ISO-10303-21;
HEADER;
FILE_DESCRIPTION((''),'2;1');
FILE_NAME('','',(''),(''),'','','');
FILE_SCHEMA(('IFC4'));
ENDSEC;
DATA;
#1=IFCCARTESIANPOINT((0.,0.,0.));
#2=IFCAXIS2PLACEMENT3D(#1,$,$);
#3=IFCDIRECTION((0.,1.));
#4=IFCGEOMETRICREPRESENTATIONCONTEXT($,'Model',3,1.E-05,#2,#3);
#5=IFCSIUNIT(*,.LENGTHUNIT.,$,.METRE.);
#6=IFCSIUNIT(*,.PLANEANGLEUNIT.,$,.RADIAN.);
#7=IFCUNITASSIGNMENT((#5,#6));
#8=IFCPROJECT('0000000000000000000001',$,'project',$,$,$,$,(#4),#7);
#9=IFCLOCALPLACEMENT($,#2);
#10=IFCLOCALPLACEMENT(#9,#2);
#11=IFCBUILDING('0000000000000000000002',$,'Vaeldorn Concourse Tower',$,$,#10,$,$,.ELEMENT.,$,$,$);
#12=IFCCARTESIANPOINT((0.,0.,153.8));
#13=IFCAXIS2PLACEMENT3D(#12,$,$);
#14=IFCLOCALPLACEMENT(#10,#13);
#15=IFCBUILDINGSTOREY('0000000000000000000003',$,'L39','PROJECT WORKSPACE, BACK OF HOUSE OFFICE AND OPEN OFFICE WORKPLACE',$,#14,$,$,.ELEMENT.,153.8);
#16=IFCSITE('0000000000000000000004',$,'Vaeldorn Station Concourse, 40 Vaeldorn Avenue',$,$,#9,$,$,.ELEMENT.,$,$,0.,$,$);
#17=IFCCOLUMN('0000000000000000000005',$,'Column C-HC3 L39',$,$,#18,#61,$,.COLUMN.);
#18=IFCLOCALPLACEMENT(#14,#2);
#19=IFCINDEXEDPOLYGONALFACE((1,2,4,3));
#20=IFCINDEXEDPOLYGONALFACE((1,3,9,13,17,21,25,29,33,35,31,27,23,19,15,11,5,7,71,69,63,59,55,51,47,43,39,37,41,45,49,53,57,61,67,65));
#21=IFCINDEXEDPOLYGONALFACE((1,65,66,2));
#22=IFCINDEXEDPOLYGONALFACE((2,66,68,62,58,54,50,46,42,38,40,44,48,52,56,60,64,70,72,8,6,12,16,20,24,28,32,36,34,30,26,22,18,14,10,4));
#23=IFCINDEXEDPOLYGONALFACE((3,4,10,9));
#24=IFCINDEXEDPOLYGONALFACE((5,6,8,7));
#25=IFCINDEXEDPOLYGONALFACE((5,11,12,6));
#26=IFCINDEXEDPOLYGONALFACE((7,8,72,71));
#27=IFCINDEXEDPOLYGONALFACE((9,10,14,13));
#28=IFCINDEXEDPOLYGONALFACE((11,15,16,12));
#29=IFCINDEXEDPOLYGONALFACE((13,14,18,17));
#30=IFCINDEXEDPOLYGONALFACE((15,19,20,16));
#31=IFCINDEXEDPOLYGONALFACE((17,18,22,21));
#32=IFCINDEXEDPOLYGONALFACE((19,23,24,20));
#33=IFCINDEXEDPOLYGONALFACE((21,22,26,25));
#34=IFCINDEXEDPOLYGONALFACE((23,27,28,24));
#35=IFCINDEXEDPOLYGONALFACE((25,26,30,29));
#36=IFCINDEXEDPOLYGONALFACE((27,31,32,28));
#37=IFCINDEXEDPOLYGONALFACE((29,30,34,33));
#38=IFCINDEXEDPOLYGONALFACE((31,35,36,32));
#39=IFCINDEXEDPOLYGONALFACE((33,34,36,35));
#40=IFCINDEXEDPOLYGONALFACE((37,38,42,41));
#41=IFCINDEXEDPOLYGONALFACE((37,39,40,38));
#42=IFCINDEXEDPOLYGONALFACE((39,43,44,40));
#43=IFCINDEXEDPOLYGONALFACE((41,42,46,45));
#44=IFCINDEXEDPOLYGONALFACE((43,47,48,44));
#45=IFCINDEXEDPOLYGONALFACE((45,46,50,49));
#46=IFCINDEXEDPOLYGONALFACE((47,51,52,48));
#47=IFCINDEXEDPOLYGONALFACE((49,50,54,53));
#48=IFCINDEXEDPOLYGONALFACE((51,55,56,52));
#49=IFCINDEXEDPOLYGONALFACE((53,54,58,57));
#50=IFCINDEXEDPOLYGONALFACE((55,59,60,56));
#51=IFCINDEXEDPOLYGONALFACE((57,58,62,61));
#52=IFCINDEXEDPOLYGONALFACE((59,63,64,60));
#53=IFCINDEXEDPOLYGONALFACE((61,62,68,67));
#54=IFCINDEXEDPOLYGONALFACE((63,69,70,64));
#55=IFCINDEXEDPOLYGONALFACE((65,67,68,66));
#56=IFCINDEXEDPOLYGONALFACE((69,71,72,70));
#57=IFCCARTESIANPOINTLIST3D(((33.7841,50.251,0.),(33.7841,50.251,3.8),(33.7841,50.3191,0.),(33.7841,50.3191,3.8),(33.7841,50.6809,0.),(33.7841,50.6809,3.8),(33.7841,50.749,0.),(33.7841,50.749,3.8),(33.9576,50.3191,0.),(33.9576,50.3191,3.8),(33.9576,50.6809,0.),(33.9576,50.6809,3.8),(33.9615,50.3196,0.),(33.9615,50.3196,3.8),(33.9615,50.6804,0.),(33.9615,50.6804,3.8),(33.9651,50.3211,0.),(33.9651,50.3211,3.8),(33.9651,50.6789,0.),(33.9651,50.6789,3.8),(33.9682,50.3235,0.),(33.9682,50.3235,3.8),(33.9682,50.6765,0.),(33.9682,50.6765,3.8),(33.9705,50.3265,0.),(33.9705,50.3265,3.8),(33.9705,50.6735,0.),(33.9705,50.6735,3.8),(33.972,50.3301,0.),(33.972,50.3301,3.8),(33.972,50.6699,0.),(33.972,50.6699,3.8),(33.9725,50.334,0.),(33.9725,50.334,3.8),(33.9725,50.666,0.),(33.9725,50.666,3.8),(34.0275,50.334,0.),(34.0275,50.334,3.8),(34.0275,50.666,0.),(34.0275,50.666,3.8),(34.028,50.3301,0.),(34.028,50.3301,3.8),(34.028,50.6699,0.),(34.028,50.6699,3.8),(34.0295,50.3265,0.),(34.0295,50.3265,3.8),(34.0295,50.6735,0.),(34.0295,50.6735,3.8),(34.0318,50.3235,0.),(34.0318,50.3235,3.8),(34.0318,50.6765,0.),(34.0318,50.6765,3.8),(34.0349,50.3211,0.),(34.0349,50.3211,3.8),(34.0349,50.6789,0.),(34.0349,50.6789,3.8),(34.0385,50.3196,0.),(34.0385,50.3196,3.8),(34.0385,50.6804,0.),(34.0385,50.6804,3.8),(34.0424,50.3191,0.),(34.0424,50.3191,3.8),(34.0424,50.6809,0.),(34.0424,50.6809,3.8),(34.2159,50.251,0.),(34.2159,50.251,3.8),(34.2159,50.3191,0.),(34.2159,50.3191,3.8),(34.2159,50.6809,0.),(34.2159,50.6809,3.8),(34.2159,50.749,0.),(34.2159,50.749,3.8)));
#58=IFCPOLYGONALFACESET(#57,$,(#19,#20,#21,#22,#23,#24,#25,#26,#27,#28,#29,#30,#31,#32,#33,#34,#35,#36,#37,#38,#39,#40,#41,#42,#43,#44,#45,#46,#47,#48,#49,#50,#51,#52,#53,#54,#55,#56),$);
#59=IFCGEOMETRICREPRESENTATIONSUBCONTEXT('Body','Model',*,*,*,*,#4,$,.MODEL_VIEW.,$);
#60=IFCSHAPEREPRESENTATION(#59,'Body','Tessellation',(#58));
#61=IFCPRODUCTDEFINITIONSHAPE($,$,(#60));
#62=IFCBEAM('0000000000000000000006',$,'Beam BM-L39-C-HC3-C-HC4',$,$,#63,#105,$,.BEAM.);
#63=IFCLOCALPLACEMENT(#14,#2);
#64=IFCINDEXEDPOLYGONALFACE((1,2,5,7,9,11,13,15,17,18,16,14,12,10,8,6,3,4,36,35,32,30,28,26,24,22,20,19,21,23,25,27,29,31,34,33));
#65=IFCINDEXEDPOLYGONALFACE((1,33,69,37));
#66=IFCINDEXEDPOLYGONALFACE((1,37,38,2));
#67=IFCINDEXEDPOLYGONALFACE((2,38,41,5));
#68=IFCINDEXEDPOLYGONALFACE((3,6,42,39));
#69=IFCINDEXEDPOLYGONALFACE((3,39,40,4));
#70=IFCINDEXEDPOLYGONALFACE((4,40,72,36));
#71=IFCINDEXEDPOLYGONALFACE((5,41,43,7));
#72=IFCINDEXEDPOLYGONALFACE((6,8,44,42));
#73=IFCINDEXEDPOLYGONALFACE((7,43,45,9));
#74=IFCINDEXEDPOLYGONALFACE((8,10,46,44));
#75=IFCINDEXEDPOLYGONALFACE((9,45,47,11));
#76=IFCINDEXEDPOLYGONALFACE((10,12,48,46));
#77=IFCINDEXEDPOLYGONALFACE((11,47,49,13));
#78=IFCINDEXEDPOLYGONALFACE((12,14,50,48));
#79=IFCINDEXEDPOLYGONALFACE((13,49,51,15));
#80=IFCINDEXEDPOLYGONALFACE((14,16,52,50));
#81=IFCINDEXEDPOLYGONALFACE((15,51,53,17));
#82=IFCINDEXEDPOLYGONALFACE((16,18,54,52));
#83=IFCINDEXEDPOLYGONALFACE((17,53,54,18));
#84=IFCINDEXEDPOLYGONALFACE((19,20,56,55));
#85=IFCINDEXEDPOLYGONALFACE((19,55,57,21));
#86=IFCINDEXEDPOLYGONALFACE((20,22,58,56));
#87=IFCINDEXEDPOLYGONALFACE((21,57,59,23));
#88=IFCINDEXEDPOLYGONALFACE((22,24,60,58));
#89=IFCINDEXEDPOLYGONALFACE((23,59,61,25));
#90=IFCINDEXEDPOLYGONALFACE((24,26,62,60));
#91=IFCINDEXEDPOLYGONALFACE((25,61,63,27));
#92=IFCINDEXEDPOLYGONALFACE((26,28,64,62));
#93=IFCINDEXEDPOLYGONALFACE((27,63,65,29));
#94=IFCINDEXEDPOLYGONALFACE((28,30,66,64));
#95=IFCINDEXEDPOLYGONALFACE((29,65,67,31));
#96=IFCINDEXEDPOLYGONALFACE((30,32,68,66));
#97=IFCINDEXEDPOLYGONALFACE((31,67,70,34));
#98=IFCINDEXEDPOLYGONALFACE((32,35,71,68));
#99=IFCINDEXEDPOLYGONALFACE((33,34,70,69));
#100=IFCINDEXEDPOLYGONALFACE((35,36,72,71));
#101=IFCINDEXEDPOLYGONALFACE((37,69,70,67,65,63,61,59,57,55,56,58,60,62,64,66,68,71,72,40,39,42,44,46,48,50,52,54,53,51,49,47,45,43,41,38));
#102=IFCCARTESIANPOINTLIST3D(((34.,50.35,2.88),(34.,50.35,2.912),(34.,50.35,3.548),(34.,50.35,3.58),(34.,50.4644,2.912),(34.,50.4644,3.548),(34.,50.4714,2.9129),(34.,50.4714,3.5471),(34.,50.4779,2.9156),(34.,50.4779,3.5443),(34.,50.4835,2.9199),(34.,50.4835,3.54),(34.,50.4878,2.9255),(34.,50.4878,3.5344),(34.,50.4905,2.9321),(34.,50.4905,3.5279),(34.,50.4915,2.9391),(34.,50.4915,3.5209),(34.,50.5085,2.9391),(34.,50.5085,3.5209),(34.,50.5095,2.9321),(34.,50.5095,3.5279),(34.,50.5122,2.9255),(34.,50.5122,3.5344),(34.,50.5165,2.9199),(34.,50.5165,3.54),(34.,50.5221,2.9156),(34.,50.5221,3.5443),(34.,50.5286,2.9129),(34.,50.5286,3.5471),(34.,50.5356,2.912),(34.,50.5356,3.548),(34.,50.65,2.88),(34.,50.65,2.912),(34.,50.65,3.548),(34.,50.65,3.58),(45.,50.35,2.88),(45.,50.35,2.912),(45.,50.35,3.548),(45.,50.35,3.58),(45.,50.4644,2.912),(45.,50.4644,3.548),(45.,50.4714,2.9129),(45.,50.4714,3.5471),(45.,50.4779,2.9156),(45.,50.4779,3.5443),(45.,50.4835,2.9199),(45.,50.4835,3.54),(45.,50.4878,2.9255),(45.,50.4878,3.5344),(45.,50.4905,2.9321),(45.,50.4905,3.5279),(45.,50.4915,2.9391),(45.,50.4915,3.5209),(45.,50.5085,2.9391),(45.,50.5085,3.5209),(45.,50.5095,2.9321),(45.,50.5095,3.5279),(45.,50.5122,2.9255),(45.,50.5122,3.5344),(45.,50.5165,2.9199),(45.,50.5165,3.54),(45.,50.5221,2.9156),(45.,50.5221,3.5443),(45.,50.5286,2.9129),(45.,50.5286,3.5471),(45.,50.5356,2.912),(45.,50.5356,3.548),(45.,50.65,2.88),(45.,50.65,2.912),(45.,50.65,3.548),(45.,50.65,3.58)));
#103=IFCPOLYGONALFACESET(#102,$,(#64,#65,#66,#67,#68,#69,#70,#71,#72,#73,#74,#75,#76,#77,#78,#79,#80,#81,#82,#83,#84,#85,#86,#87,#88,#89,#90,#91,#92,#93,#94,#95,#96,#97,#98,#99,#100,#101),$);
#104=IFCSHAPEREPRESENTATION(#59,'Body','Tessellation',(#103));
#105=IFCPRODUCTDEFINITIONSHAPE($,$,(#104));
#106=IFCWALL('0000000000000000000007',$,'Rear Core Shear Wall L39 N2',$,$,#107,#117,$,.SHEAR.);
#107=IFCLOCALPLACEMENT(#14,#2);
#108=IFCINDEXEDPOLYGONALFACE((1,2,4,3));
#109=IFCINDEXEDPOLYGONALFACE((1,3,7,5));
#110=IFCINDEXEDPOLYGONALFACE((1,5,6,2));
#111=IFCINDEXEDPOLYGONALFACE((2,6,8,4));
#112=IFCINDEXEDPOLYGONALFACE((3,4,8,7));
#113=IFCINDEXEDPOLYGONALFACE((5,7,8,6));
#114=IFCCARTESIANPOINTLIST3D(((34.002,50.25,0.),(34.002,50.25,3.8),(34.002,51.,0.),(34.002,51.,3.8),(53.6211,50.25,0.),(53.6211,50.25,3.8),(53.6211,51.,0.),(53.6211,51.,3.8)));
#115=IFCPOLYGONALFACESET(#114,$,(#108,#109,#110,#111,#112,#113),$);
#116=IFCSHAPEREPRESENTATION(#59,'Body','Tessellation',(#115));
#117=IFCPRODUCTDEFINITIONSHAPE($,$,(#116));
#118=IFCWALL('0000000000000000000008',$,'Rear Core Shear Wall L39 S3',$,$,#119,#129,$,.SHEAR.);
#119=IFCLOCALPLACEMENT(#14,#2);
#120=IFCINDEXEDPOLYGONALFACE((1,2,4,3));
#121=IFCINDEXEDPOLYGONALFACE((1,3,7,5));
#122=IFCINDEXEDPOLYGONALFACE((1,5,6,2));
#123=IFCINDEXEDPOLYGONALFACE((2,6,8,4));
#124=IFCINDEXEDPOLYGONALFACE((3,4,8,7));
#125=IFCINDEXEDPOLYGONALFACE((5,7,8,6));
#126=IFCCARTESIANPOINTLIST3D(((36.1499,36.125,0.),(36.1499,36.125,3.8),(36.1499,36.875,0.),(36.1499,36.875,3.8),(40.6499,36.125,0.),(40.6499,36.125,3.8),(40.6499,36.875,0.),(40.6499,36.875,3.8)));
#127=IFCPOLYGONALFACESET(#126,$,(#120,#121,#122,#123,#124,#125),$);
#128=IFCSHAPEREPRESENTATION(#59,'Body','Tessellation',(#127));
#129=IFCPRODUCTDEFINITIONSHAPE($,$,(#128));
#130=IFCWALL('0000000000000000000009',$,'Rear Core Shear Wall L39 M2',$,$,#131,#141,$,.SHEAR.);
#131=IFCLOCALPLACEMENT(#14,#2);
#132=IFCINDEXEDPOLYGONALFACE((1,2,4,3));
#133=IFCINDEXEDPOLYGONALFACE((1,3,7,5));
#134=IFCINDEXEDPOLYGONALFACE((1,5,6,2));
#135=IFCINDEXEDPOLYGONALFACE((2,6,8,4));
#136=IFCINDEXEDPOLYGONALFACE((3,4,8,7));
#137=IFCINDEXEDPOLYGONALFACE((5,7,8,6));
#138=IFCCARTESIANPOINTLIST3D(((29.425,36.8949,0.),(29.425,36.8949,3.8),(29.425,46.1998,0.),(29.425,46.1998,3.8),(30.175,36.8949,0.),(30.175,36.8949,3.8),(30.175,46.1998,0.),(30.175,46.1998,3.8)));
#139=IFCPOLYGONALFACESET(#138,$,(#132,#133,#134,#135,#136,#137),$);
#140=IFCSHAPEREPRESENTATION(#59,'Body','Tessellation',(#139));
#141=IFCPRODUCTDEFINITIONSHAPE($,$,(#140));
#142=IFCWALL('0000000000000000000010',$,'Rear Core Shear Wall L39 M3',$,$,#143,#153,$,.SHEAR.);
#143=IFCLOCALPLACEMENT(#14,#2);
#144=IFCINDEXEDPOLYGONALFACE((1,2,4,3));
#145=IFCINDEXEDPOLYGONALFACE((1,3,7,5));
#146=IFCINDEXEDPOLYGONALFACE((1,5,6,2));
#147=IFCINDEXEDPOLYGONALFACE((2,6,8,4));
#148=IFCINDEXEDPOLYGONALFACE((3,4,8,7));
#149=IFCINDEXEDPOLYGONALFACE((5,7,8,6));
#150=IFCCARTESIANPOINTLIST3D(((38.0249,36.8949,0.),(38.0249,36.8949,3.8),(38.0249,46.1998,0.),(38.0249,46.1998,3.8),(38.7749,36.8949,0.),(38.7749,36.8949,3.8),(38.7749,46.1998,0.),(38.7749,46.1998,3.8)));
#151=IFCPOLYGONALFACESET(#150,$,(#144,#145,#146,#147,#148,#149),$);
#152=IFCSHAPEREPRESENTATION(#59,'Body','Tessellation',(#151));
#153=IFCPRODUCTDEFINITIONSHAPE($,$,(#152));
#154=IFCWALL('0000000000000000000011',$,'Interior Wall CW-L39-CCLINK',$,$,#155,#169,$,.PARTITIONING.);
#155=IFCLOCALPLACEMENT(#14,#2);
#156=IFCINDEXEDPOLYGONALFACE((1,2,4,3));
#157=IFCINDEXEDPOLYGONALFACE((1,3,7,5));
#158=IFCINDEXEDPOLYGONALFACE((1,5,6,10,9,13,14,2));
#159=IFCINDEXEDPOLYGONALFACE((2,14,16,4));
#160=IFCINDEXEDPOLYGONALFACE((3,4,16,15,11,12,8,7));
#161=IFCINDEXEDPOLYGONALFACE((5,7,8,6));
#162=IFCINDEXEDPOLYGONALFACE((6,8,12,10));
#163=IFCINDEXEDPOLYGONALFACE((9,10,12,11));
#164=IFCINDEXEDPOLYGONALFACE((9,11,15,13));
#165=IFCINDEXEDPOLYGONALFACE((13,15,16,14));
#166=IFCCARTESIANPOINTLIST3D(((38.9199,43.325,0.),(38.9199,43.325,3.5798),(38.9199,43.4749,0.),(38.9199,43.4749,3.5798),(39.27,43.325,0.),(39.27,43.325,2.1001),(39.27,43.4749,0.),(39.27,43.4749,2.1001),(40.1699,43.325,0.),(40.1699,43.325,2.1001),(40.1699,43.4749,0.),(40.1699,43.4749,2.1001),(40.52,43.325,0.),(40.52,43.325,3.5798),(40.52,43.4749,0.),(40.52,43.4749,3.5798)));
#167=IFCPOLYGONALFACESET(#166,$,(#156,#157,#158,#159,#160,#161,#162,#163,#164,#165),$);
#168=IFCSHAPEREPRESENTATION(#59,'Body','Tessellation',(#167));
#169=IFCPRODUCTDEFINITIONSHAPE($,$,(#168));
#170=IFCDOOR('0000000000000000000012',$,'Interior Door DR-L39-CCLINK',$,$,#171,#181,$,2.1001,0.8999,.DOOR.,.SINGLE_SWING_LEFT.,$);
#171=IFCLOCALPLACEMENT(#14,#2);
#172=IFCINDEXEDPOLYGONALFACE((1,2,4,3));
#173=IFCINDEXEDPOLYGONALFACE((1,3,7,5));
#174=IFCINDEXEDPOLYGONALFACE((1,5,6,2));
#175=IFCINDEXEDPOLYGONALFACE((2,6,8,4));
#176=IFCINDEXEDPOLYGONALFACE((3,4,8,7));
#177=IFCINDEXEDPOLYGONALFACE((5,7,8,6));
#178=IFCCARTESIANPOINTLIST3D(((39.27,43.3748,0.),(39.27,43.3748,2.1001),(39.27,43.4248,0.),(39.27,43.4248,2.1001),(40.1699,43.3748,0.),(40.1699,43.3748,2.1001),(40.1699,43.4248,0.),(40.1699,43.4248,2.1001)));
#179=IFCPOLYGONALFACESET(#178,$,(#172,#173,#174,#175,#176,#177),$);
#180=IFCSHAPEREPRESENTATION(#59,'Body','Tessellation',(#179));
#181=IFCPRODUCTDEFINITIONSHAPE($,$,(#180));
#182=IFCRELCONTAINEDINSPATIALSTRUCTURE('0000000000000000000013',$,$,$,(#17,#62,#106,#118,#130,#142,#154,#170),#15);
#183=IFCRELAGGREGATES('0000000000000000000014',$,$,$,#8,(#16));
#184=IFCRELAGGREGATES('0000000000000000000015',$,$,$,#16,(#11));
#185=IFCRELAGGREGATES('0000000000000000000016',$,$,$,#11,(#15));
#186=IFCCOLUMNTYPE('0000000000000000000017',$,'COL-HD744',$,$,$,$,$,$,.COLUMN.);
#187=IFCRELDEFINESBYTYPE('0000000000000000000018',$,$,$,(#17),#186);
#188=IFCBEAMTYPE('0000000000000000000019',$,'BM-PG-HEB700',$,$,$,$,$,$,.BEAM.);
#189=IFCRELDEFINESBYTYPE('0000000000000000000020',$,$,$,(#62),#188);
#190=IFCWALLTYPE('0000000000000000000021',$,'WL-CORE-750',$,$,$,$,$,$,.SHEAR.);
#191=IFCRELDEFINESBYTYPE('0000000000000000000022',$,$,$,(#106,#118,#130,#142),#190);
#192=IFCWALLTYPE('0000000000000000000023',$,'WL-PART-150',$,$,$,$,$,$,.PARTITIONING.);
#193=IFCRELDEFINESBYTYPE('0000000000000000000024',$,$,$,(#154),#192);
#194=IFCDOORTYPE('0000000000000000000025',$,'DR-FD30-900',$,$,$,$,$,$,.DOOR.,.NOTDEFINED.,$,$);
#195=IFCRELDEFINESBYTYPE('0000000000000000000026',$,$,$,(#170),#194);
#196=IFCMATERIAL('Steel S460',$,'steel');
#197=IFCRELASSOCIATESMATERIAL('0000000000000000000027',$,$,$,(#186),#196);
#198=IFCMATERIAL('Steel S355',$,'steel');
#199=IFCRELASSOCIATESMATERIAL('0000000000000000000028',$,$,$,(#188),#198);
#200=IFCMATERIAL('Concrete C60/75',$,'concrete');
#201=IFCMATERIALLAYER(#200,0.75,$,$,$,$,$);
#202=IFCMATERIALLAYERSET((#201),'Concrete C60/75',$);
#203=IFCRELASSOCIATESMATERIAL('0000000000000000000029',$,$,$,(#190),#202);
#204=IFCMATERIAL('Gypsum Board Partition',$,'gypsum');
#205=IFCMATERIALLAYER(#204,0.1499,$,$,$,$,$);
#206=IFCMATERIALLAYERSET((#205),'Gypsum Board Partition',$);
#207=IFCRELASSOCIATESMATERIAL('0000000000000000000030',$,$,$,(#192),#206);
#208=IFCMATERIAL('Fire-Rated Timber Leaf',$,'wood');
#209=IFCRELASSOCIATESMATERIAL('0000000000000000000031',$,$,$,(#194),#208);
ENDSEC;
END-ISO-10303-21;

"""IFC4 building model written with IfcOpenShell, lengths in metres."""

from ifc_helpers import new_model, si_unit, direction, frame, frame_2d, origin, origin_2d, place, context, subcontext, project, spatial, rectangle, i_section, extrude, source, transform, mapped, material, layer, layer_set, material_profile, profile_set, type_object, element, fill, save


model = new_model("IFC4")

# Units and contexts
model_context = context("Model", 3, precision=1e-05, world=origin(), true_north=direction((0.0, 1.0)))
body_context = subcontext(model_context, "Body", "Model", "MODEL_VIEW")
ifc_project = project(units=[si_unit("LENGTHUNIT", "METRE"), si_unit("PLANEANGLEUNIT", "RADIAN")], contexts=[model_context])

# Site, building, storey
site_placement = place(None, origin())
site = spatial("IfcSite", under=ifc_project, at=site_placement, Name="Vaeldorn Station Concourse, 40 Vaeldorn Avenue", CompositionType="ELEMENT", RefElevation=0.0)
building_placement = place(site_placement, origin())
building = spatial("IfcBuilding", under=site, at=building_placement, Name="Vaeldorn Concourse Tower", CompositionType="ELEMENT")
storey_placement = place(building_placement, frame((0.0, 0.0, 153.8)))
storey = spatial("IfcBuildingStorey", under=building, at=storey_placement, Name="L39", Description="PROJECT WORKSPACE, BACK OF HOUSE OFFICE AND OPEN OFFICE WORKPLACE", CompositionType="ELEMENT", Elevation=153.8)

# Column
ifc_material_1 = material(Name="Steel S460", Category="steel")
ifc_material_profile_1 = material_profile(ifc_material_1, i_section(OverallWidth=0.4319, OverallDepth=0.498, WebThickness=0.0549, FlangeThickness=0.0681, FilletRadius=0.0149, at=origin_2d()), Name="HD 400x744")
ifc_profile_set_1 = profile_set([ifc_material_profile_1], Name="Steel S460")
column_type = type_object("IfcColumnType", Name="COL-HD744", PredefinedType="COLUMN", material=ifc_profile_set_1)
shared_shape_1 = source(origin(), body_context, "Body", "SweptSolid", [
    extrude(i_section(OverallWidth=0.4319, OverallDepth=0.498, WebThickness=0.0549, FlangeThickness=0.0681, FilletRadius=0.0149, at=origin_2d()), origin(), (0.0, 0.0, 1.0), 3.8),
])
column_placement = place(storey_placement, frame((34.0, 50.5, 0.0), z_axis=(0.0, 0.0, 1.0), x_axis=(1.0, 0.0, 0.0)))
element("IfcColumn", 1, at=column_placement, inside=storey, type_object=column_type, Name="Column C-HC3 L39", PredefinedType="COLUMN", context=body_context, shape_type="MappedRepresentation", body=[
    mapped(shared_shape_1, transform((0.0, 0.0, 0.0), scale=1.0)),
])

# Beam
ifc_material_2 = material(Name="Steel S355", Category="steel")
ifc_material_profile_2 = material_profile(ifc_material_2, i_section(OverallWidth=0.3, OverallDepth=0.7, WebThickness=0.0171, FlangeThickness=0.032, FilletRadius=0.0271, at=origin_2d()), Name="HEB 700")
ifc_profile_set_2 = profile_set([ifc_material_profile_2], Name="Steel S355")
beam_type = type_object("IfcBeamType", Name="BM-PG-HEB700", PredefinedType="BEAM", material=ifc_profile_set_2)
shared_shape_2 = source(origin(), body_context, "Body", "SweptSolid", [
    extrude(i_section(OverallWidth=0.3, OverallDepth=0.7, WebThickness=0.0171, FlangeThickness=0.032, FilletRadius=0.0271, at=origin_2d()), origin(), (0.0, 0.0, 1.0), 11.0),
])
beam_placement = place(storey_placement, frame((34.0, 50.5, 3.23), z_axis=(1.0, 0.0, 0.0), x_axis=(0.0, 1.0, 0.0)))
element("IfcBeam", 2, at=beam_placement, inside=storey, type_object=beam_type, Name="Beam BM-L39-C-HC3-C-HC4", PredefinedType="BEAM", context=body_context, shape_type="MappedRepresentation", body=[
    mapped(shared_shape_2, transform((0.0, 0.0, 0.0), scale=1.0)),
])

# Walls
ifc_material_3 = material(Name="Concrete C60/75", Category="concrete")
ifc_layer_1 = layer(ifc_material_3, 0.75)
ifc_layer_set_1 = layer_set([ifc_layer_1], Name="Concrete C60/75")
wall_type_1 = type_object("IfcWallType", Name="WL-CORE-750", PredefinedType="SHEAR", material=ifc_layer_set_1)
wall_1_placement = place(storey_placement, frame((34.002, 50.625, 0.0), z_axis=(0.0, 0.0, 1.0), x_axis=(1.0, 0.0, 0.0)))
element("IfcWall", 3, at=wall_1_placement, inside=storey, type_object=wall_type_1, Name="Rear Core Shear Wall L39 N2", PredefinedType="SHEAR", context=body_context, shape_type="SweptSolid", body=[
    extrude(rectangle(XDim=19.6191, YDim=0.75, at=frame_2d((9.8096, 0.0))), origin(), (0.0, 0.0, 1.0), 3.8),
])
wall_2_placement = place(storey_placement, frame((36.1499, 36.5, 0.0), z_axis=(0.0, 0.0, 1.0), x_axis=(1.0, 0.0, 0.0)))
element("IfcWall", 4, at=wall_2_placement, inside=storey, type_object=wall_type_1, Name="Rear Core Shear Wall L39 S3", PredefinedType="SHEAR", context=body_context, shape_type="SweptSolid", body=[
    extrude(rectangle(XDim=4.5, YDim=0.75, at=frame_2d((2.25, 0.0))), origin(), (0.0, 0.0, 1.0), 3.8),
])
for number, where, z_axis, x_axis, name in (
    (5, (29.8, 36.895, 0.0), (0.0, 0.0, 1.0), (0.0, 1.0, 0.0), "Rear Core Shear Wall L39 M2"),
    (6, (38.3999, 36.895, 0.0), (0.0, 0.0, 1.0), (0.0, 1.0, 0.0), "Rear Core Shear Wall L39 M3"),
):
    element("IfcWall", number, at=place(storey_placement, frame(where, z_axis=z_axis, x_axis=x_axis)), inside=storey, type_object=wall_type_1, Name=name, PredefinedType="SHEAR", context=body_context, shape_type="SweptSolid", body=[
        extrude(rectangle(XDim=9.3049, YDim=0.75, at=frame_2d((4.6523, 0.0))), origin(), (0.0, 0.0, 1.0), 3.8),
    ])

# Wall, opening, door
ifc_material_4 = material(Name="Gypsum Board Partition", Category="gypsum")
ifc_layer_2 = layer(ifc_material_4, 0.1499)
ifc_layer_set_2 = layer_set([ifc_layer_2], Name="Gypsum Board Partition")
wall_type_2 = type_object("IfcWallType", Name="WL-PART-150", PredefinedType="PARTITIONING", material=ifc_layer_set_2)
wall_3_placement = place(storey_placement, frame((38.9199, 43.3999, 0.0), z_axis=(0.0, 0.0, 1.0), x_axis=(1.0, 0.0, 0.0)))
wall_3 = element("IfcWall", 7, at=wall_3_placement, inside=storey, type_object=wall_type_2, Name="Interior Wall CW-L39-CCLINK", PredefinedType="PARTITIONING", context=body_context, shape_type="SweptSolid", body=[
    extrude(rectangle(XDim=1.6001, YDim=0.1499, at=frame_2d((0.8, 0.0))), origin(), (0.0, 0.0, 1.0), 3.5798),
])
opening_1_placement = place(wall_3_placement, frame((0.3501, 0.0, 0.0)))
opening_1 = element("IfcOpeningElement", 8, at=opening_1_placement, cuts=wall_3, PredefinedType="OPENING", context=body_context, shape_type="SweptSolid", body=[
    extrude(rectangle(XDim=0.8999, YDim=2.1001, at=frame_2d((0.45, 1.05))), frame((0.0, 0.085, 0.0), z_axis=(0.0, -1.0, 0.0), x_axis=(1.0, 0.0, 0.0)), (0.0, 0.0, 1.0), 0.1699),
])
ifc_material_5 = material(Name="Fire-Rated Timber Leaf", Category="wood")
door_type_1 = type_object("IfcDoorType", Name="DR-FD30-900", OperationType="NOTDEFINED", PredefinedType="DOOR", material=ifc_material_5)
shared_shape_3 = source(origin(), body_context, "Body", "SweptSolid", [
    extrude(rectangle(XDim=0.8999, YDim=2.1001, at=frame_2d((0.45, 1.05))), frame((0.0, 0.0249, 0.0), z_axis=(0.0, -1.0, 0.0), x_axis=(1.0, 0.0, 0.0)), (0.0, 0.0, 1.0), 0.05),
])
door_1_placement = place(opening_1_placement, origin())
door_1 = element("IfcDoor", 9, at=door_1_placement, inside=storey, type_object=door_type_1, Name="Interior Door DR-L39-CCLINK", OperationType="SINGLE_SWING_LEFT", OverallHeight=2.1001, OverallWidth=0.8999, PredefinedType="DOOR", context=body_context, shape_type="MappedRepresentation", body=[
    mapped(shared_shape_3, transform((0.0, 0.0, 0.0), scale=1.0)),
])
fill(opening_1, door_1)

save(model, "model.ifc")
